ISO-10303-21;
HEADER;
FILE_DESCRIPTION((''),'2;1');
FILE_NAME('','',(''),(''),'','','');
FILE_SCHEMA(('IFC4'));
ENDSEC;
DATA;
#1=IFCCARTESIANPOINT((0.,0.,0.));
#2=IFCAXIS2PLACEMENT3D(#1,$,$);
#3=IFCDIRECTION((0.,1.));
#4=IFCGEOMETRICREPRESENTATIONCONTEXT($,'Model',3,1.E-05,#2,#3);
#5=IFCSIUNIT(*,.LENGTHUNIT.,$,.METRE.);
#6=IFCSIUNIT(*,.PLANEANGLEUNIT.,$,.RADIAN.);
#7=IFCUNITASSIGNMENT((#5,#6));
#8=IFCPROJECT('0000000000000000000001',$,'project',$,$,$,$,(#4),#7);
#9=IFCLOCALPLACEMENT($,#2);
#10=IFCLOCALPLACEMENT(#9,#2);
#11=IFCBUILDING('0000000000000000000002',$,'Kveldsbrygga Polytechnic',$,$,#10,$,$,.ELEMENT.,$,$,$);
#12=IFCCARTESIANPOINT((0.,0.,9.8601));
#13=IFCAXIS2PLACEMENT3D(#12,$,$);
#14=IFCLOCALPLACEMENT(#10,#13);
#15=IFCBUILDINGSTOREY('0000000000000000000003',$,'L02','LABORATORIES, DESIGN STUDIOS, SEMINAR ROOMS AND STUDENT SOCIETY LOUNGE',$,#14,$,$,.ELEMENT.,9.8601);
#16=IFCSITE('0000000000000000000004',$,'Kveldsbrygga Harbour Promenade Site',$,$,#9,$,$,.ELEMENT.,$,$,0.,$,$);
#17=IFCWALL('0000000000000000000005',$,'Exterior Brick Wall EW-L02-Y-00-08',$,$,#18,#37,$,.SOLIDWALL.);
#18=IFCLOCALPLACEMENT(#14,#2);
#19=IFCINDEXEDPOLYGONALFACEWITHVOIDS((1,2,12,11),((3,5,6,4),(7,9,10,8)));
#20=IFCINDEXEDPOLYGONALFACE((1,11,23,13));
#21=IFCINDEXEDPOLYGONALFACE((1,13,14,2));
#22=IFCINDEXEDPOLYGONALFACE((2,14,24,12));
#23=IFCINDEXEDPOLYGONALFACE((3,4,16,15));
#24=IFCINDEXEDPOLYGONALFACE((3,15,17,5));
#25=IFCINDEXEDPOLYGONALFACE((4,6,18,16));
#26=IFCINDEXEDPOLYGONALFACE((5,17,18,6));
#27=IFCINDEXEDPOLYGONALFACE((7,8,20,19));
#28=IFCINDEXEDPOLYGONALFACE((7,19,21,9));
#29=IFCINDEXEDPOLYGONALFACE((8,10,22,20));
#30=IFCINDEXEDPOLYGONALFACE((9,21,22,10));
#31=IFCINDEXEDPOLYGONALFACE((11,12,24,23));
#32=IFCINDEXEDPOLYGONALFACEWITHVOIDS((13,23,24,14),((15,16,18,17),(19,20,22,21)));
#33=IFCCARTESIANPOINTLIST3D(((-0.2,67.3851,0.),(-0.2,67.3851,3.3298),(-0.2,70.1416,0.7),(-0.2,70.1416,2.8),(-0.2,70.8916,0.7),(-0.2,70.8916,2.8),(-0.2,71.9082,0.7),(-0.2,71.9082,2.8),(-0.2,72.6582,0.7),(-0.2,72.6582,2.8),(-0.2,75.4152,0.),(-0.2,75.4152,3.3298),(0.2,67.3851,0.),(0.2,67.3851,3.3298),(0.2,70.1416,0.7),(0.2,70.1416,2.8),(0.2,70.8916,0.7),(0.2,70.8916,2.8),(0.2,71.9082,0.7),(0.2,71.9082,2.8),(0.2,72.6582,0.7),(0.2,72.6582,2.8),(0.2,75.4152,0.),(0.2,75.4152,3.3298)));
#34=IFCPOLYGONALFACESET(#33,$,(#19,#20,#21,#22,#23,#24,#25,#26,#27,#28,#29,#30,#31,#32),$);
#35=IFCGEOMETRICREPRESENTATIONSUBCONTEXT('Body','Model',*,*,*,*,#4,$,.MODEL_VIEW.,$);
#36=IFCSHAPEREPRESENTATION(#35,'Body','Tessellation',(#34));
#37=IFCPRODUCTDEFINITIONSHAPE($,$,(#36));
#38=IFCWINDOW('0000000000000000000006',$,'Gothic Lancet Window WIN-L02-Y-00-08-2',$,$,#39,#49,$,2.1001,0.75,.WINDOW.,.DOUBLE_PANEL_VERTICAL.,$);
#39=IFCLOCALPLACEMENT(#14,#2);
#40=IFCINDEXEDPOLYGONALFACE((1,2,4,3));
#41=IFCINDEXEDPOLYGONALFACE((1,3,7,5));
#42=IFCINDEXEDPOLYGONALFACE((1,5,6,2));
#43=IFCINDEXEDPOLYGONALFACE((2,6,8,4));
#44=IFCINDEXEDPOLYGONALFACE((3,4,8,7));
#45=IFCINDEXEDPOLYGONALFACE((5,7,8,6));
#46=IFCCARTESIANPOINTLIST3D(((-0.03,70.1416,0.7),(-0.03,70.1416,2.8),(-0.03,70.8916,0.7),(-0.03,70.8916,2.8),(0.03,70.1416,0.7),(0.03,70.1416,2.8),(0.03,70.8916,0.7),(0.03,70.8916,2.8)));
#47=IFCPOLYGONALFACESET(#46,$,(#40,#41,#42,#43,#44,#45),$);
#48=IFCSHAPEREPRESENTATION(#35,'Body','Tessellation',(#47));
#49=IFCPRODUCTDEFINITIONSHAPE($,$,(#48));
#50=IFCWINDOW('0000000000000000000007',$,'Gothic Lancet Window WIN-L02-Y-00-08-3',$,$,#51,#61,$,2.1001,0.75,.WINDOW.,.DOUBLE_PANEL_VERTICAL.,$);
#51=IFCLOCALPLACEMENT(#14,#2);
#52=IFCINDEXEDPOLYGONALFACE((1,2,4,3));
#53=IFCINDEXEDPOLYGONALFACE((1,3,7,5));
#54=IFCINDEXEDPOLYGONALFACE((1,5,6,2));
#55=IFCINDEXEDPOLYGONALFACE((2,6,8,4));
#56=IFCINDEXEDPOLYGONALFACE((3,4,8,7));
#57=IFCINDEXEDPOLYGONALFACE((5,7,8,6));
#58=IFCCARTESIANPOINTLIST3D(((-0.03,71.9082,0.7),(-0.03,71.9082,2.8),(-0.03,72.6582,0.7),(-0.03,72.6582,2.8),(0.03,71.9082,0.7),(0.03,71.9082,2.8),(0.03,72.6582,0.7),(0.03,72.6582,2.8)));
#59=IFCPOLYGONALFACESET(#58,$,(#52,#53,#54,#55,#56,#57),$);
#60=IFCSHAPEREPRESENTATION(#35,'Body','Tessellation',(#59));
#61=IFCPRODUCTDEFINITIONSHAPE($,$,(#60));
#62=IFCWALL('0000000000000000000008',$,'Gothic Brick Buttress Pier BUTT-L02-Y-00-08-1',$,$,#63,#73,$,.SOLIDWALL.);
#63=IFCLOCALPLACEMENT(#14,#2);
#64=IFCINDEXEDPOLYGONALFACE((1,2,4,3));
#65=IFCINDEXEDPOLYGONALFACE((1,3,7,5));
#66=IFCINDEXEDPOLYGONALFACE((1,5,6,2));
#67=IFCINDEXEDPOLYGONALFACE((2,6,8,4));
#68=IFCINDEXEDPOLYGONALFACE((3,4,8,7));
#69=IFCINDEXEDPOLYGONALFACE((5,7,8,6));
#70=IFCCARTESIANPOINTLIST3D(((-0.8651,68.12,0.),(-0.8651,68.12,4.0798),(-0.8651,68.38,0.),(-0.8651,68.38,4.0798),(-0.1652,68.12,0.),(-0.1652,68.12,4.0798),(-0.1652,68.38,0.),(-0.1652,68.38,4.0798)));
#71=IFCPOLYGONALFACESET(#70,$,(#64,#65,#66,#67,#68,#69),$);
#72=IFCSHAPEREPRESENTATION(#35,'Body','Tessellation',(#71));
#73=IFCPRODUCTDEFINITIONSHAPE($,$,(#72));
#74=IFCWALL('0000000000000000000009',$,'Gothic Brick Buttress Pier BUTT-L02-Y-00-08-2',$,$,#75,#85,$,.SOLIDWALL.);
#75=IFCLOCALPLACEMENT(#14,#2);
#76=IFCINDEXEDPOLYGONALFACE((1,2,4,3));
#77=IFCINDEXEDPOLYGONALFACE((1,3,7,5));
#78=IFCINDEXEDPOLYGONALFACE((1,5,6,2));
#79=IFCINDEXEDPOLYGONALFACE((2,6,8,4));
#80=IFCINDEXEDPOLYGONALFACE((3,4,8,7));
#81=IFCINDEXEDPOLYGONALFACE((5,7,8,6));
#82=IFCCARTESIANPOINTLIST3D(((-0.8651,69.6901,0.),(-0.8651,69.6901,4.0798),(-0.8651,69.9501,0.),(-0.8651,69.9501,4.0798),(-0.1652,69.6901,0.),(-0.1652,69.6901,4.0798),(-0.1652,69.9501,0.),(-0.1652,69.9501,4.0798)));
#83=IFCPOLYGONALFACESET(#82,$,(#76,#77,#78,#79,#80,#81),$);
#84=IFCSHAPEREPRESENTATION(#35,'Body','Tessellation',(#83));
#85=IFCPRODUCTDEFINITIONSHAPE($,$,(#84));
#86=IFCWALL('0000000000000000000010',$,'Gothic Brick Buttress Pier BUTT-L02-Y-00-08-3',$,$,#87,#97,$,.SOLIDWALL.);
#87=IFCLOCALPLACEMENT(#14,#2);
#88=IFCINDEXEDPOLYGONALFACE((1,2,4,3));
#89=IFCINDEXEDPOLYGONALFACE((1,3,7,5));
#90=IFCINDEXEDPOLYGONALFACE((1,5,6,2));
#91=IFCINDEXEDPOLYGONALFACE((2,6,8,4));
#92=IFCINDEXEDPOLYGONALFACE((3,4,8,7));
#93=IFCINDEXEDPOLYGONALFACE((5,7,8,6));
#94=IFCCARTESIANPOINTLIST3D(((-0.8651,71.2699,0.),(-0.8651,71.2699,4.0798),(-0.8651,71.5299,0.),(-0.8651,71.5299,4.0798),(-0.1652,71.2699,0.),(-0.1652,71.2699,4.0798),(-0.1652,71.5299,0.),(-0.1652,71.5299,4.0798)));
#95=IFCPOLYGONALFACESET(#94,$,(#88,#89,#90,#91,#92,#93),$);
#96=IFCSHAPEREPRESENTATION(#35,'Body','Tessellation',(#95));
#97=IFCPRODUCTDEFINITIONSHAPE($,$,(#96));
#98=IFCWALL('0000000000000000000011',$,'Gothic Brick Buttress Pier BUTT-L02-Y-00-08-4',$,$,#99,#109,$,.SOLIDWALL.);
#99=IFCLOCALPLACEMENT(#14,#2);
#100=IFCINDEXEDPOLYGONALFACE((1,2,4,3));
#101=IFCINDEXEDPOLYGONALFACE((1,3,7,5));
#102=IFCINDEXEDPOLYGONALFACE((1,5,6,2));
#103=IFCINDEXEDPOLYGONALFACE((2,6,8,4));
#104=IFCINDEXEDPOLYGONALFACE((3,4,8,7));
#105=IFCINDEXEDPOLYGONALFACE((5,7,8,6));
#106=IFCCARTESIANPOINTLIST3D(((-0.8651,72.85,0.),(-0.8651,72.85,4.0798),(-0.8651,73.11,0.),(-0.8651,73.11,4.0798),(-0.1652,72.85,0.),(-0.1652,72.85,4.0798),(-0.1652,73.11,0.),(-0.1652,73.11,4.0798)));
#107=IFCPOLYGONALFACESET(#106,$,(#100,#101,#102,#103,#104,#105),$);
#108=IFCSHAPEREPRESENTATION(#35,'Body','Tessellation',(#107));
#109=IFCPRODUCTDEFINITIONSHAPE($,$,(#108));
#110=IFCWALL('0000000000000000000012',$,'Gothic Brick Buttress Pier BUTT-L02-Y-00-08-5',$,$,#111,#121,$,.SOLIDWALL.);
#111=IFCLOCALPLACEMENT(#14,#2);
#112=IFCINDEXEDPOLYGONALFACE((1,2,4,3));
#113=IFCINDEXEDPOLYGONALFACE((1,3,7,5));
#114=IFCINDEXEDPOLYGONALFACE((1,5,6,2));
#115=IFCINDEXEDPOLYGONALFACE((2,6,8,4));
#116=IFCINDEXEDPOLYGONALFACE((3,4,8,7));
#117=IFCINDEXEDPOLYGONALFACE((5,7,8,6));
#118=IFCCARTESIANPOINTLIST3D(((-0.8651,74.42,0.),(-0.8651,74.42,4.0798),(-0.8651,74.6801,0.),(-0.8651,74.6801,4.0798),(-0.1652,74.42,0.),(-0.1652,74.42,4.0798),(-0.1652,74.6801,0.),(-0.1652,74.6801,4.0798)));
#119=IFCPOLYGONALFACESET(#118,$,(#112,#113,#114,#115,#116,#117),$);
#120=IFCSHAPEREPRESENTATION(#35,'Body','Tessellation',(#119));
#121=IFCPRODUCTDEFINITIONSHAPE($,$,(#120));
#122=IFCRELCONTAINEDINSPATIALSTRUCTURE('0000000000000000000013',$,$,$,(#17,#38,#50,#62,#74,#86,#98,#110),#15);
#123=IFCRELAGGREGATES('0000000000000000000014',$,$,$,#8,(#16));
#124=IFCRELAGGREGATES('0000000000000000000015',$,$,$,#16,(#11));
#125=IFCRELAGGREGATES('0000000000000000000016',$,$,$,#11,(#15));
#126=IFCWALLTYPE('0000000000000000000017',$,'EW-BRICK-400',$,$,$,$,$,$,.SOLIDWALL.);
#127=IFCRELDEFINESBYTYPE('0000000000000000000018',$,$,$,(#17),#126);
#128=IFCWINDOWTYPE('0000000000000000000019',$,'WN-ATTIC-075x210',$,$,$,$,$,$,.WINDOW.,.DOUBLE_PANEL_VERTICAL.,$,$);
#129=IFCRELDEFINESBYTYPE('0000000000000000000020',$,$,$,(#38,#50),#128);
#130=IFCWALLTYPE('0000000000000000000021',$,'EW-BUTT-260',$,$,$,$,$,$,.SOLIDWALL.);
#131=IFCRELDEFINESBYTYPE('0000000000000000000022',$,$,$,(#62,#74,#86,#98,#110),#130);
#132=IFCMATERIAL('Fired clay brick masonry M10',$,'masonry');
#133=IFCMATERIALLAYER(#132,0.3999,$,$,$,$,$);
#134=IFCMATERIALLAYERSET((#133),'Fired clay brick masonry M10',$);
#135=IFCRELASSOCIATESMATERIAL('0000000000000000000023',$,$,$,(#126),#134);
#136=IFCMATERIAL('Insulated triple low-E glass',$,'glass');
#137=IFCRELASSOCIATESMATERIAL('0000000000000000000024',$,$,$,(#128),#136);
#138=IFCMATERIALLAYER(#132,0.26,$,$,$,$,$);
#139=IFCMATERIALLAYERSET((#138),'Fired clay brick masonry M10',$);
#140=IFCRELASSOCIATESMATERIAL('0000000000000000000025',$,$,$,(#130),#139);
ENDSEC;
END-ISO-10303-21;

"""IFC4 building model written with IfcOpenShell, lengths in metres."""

from ifc_helpers import new_model, si_unit, direction, frame, frame_2d, origin, place, context, subcontext, project, spatial, rectangle, extrude, material, layer, layer_set, type_object, element, fill, save


model = new_model("IFC4")

# Units and contexts
model_context = context("Model", 3, precision=1e-05, world=origin(), true_north=direction((0.0, 1.0)))
body_context = subcontext(model_context, "Body", "Model", "MODEL_VIEW")
ifc_project = project(units=[si_unit("LENGTHUNIT", "METRE"), si_unit("PLANEANGLEUNIT", "RADIAN")], contexts=[model_context])

# Site, building, storey
site_placement = place(None, origin())
site = spatial("IfcSite", under=ifc_project, at=site_placement, Name="Kveldsbrygga Harbour Promenade Site", CompositionType="ELEMENT", RefElevation=0.0)
building_placement = place(site_placement, origin())
building = spatial("IfcBuilding", under=site, at=building_placement, Name="Kveldsbrygga Polytechnic", CompositionType="ELEMENT")
storey_placement = place(building_placement, frame((0.0, 0.0, 9.8601)))
storey = spatial("IfcBuildingStorey", under=building, at=storey_placement, Name="L02", Description="LABORATORIES, DESIGN STUDIOS, SEMINAR ROOMS AND STUDENT SOCIETY LOUNGE", CompositionType="ELEMENT", Elevation=9.8601)

# Wall, openings, windows
ifc_material_1 = material(Name="Fired clay brick masonry M10", Category="masonry")
ifc_layer_1 = layer(ifc_material_1, 0.3999)
ifc_layer_set_1 = layer_set([ifc_layer_1], Name="Fired clay brick masonry M10")
wall_type_1 = type_object("IfcWallType", Name="EW-BRICK-400", PredefinedType="SOLIDWALL", material=ifc_layer_set_1)
wall_placement = place(storey_placement, frame((0.0, 67.385, 0.0), z_axis=(0.0, 0.0, 1.0), x_axis=(0.0, 1.0, 0.0)))
wall = element("IfcWall", 1, at=wall_placement, inside=storey, type_object=wall_type_1, Name="Exterior Brick Wall EW-L02-Y-00-08", PredefinedType="SOLIDWALL", context=body_context, shape_type="SweptSolid", body=[
    extrude(rectangle(XDim=8.03, YDim=0.3999, at=frame_2d((4.0151, 0.0))), origin(), (0.0, 0.0, 1.0), 3.3298),
])
opening_1_placement = place(wall_placement, frame((2.7566, 0.0, 0.7)))
opening_1 = element("IfcOpeningElement", 2, at=opening_1_placement, cuts=wall, PredefinedType="OPENING", context=body_context, shape_type="SweptSolid", body=[
    extrude(rectangle(XDim=0.75, YDim=2.1001, at=frame_2d((0.375, 1.05))), frame((0.0, 0.21, 0.0), z_axis=(0.0, -1.0, 0.0), x_axis=(1.0, 0.0, 0.0)), (0.0, 0.0, 1.0), 0.4199),
])
opening_2_placement = place(wall_placement, frame((4.5232, 0.0, 0.7)))
opening_2 = element("IfcOpeningElement", 3, at=opening_2_placement, cuts=wall, PredefinedType="OPENING", context=body_context, shape_type="SweptSolid", body=[
    extrude(rectangle(XDim=0.75, YDim=2.1001, at=frame_2d((0.375, 1.05))), frame((0.0, 0.21, 0.0), z_axis=(0.0, -1.0, 0.0), x_axis=(1.0, 0.0, 0.0)), (0.0, 0.0, 1.0), 0.4199),
])
ifc_material_2 = material(Name="Insulated triple low-E glass", Category="glass")
window_type = type_object("IfcWindowType", Name="WN-ATTIC-075x210", PartitioningType="DOUBLE_PANEL_VERTICAL", PredefinedType="WINDOW", material=ifc_material_2)
window_1_placement = place(opening_1_placement, origin())
window_1 = element("IfcWindow", 4, at=window_1_placement, inside=storey, type_object=window_type, Name="Gothic Lancet Window WIN-L02-Y-00-08-2", OverallHeight=2.1001, OverallWidth=0.75, PartitioningType="DOUBLE_PANEL_VERTICAL", PredefinedType="WINDOW", context=body_context, shape_type="SweptSolid", body=[
    extrude(rectangle(XDim=0.75, YDim=2.1001, at=frame_2d((0.375, 1.05))), frame((0.0, 0.03, 0.0), z_axis=(0.0, -1.0, 0.0), x_axis=(1.0, 0.0, 0.0)), (0.0, 0.0, 1.0), 0.0601),
])
fill(opening_1, window_1)
window_2_placement = place(opening_2_placement, origin())
window_2 = element("IfcWindow", 5, at=window_2_placement, inside=storey, type_object=window_type, Name="Gothic Lancet Window WIN-L02-Y-00-08-3", OverallHeight=2.1001, OverallWidth=0.75, PartitioningType="DOUBLE_PANEL_VERTICAL", PredefinedType="WINDOW", context=body_context, shape_type="SweptSolid", body=[
    extrude(rectangle(XDim=0.75, YDim=2.1001, at=frame_2d((0.375, 1.05))), frame((0.0, 0.03, 0.0), z_axis=(0.0, -1.0, 0.0), x_axis=(1.0, 0.0, 0.0)), (0.0, 0.0, 1.0), 0.0601),
])
fill(opening_2, window_2)

# Walls
ifc_layer_2 = layer(ifc_material_1, 0.26)
ifc_layer_set_2 = layer_set([ifc_layer_2], Name="Fired clay brick masonry M10")
wall_type_2 = type_object("IfcWallType", Name="EW-BUTT-260", PredefinedType="SOLIDWALL", material=ifc_layer_set_2)
for number, where, z_axis, x_axis, name in (
    (6, (-0.165, 68.25, 0.0), (0.0, 0.0, 1.0), (-1.0, 0.0, 0.0), "Gothic Brick Buttress Pier BUTT-L02-Y-00-08-1"),
    (7, (-0.165, 69.8201, 0.0), (0.0, 0.0, 1.0), (-1.0, 0.0, 0.0), "Gothic Brick Buttress Pier BUTT-L02-Y-00-08-2"),
    (8, (-0.165, 71.3999, 0.0), (0.0, 0.0, 1.0), (-1.0, 0.0, 0.0), "Gothic Brick Buttress Pier BUTT-L02-Y-00-08-3"),
    (9, (-0.165, 72.98, 0.0), (0.0, 0.0, 1.0), (-1.0, 0.0, 0.0), "Gothic Brick Buttress Pier BUTT-L02-Y-00-08-4"),
    (10, (-0.165, 74.55, 0.0), (0.0, 0.0, 1.0), (-1.0, 0.0, 0.0), "Gothic Brick Buttress Pier BUTT-L02-Y-00-08-5"),
):
    element("IfcWall", number, at=place(storey_placement, frame(where, z_axis=z_axis, x_axis=x_axis)), inside=storey, type_object=wall_type_2, Name=name, PredefinedType="SOLIDWALL", context=body_context, shape_type="SweptSolid", body=[
        extrude(rectangle(XDim=0.7, YDim=0.26, at=frame_2d((0.3501, 0.0))), origin(), (0.0, 0.0, 1.0), 4.0798),
    ])

save(model, "model.ifc")
